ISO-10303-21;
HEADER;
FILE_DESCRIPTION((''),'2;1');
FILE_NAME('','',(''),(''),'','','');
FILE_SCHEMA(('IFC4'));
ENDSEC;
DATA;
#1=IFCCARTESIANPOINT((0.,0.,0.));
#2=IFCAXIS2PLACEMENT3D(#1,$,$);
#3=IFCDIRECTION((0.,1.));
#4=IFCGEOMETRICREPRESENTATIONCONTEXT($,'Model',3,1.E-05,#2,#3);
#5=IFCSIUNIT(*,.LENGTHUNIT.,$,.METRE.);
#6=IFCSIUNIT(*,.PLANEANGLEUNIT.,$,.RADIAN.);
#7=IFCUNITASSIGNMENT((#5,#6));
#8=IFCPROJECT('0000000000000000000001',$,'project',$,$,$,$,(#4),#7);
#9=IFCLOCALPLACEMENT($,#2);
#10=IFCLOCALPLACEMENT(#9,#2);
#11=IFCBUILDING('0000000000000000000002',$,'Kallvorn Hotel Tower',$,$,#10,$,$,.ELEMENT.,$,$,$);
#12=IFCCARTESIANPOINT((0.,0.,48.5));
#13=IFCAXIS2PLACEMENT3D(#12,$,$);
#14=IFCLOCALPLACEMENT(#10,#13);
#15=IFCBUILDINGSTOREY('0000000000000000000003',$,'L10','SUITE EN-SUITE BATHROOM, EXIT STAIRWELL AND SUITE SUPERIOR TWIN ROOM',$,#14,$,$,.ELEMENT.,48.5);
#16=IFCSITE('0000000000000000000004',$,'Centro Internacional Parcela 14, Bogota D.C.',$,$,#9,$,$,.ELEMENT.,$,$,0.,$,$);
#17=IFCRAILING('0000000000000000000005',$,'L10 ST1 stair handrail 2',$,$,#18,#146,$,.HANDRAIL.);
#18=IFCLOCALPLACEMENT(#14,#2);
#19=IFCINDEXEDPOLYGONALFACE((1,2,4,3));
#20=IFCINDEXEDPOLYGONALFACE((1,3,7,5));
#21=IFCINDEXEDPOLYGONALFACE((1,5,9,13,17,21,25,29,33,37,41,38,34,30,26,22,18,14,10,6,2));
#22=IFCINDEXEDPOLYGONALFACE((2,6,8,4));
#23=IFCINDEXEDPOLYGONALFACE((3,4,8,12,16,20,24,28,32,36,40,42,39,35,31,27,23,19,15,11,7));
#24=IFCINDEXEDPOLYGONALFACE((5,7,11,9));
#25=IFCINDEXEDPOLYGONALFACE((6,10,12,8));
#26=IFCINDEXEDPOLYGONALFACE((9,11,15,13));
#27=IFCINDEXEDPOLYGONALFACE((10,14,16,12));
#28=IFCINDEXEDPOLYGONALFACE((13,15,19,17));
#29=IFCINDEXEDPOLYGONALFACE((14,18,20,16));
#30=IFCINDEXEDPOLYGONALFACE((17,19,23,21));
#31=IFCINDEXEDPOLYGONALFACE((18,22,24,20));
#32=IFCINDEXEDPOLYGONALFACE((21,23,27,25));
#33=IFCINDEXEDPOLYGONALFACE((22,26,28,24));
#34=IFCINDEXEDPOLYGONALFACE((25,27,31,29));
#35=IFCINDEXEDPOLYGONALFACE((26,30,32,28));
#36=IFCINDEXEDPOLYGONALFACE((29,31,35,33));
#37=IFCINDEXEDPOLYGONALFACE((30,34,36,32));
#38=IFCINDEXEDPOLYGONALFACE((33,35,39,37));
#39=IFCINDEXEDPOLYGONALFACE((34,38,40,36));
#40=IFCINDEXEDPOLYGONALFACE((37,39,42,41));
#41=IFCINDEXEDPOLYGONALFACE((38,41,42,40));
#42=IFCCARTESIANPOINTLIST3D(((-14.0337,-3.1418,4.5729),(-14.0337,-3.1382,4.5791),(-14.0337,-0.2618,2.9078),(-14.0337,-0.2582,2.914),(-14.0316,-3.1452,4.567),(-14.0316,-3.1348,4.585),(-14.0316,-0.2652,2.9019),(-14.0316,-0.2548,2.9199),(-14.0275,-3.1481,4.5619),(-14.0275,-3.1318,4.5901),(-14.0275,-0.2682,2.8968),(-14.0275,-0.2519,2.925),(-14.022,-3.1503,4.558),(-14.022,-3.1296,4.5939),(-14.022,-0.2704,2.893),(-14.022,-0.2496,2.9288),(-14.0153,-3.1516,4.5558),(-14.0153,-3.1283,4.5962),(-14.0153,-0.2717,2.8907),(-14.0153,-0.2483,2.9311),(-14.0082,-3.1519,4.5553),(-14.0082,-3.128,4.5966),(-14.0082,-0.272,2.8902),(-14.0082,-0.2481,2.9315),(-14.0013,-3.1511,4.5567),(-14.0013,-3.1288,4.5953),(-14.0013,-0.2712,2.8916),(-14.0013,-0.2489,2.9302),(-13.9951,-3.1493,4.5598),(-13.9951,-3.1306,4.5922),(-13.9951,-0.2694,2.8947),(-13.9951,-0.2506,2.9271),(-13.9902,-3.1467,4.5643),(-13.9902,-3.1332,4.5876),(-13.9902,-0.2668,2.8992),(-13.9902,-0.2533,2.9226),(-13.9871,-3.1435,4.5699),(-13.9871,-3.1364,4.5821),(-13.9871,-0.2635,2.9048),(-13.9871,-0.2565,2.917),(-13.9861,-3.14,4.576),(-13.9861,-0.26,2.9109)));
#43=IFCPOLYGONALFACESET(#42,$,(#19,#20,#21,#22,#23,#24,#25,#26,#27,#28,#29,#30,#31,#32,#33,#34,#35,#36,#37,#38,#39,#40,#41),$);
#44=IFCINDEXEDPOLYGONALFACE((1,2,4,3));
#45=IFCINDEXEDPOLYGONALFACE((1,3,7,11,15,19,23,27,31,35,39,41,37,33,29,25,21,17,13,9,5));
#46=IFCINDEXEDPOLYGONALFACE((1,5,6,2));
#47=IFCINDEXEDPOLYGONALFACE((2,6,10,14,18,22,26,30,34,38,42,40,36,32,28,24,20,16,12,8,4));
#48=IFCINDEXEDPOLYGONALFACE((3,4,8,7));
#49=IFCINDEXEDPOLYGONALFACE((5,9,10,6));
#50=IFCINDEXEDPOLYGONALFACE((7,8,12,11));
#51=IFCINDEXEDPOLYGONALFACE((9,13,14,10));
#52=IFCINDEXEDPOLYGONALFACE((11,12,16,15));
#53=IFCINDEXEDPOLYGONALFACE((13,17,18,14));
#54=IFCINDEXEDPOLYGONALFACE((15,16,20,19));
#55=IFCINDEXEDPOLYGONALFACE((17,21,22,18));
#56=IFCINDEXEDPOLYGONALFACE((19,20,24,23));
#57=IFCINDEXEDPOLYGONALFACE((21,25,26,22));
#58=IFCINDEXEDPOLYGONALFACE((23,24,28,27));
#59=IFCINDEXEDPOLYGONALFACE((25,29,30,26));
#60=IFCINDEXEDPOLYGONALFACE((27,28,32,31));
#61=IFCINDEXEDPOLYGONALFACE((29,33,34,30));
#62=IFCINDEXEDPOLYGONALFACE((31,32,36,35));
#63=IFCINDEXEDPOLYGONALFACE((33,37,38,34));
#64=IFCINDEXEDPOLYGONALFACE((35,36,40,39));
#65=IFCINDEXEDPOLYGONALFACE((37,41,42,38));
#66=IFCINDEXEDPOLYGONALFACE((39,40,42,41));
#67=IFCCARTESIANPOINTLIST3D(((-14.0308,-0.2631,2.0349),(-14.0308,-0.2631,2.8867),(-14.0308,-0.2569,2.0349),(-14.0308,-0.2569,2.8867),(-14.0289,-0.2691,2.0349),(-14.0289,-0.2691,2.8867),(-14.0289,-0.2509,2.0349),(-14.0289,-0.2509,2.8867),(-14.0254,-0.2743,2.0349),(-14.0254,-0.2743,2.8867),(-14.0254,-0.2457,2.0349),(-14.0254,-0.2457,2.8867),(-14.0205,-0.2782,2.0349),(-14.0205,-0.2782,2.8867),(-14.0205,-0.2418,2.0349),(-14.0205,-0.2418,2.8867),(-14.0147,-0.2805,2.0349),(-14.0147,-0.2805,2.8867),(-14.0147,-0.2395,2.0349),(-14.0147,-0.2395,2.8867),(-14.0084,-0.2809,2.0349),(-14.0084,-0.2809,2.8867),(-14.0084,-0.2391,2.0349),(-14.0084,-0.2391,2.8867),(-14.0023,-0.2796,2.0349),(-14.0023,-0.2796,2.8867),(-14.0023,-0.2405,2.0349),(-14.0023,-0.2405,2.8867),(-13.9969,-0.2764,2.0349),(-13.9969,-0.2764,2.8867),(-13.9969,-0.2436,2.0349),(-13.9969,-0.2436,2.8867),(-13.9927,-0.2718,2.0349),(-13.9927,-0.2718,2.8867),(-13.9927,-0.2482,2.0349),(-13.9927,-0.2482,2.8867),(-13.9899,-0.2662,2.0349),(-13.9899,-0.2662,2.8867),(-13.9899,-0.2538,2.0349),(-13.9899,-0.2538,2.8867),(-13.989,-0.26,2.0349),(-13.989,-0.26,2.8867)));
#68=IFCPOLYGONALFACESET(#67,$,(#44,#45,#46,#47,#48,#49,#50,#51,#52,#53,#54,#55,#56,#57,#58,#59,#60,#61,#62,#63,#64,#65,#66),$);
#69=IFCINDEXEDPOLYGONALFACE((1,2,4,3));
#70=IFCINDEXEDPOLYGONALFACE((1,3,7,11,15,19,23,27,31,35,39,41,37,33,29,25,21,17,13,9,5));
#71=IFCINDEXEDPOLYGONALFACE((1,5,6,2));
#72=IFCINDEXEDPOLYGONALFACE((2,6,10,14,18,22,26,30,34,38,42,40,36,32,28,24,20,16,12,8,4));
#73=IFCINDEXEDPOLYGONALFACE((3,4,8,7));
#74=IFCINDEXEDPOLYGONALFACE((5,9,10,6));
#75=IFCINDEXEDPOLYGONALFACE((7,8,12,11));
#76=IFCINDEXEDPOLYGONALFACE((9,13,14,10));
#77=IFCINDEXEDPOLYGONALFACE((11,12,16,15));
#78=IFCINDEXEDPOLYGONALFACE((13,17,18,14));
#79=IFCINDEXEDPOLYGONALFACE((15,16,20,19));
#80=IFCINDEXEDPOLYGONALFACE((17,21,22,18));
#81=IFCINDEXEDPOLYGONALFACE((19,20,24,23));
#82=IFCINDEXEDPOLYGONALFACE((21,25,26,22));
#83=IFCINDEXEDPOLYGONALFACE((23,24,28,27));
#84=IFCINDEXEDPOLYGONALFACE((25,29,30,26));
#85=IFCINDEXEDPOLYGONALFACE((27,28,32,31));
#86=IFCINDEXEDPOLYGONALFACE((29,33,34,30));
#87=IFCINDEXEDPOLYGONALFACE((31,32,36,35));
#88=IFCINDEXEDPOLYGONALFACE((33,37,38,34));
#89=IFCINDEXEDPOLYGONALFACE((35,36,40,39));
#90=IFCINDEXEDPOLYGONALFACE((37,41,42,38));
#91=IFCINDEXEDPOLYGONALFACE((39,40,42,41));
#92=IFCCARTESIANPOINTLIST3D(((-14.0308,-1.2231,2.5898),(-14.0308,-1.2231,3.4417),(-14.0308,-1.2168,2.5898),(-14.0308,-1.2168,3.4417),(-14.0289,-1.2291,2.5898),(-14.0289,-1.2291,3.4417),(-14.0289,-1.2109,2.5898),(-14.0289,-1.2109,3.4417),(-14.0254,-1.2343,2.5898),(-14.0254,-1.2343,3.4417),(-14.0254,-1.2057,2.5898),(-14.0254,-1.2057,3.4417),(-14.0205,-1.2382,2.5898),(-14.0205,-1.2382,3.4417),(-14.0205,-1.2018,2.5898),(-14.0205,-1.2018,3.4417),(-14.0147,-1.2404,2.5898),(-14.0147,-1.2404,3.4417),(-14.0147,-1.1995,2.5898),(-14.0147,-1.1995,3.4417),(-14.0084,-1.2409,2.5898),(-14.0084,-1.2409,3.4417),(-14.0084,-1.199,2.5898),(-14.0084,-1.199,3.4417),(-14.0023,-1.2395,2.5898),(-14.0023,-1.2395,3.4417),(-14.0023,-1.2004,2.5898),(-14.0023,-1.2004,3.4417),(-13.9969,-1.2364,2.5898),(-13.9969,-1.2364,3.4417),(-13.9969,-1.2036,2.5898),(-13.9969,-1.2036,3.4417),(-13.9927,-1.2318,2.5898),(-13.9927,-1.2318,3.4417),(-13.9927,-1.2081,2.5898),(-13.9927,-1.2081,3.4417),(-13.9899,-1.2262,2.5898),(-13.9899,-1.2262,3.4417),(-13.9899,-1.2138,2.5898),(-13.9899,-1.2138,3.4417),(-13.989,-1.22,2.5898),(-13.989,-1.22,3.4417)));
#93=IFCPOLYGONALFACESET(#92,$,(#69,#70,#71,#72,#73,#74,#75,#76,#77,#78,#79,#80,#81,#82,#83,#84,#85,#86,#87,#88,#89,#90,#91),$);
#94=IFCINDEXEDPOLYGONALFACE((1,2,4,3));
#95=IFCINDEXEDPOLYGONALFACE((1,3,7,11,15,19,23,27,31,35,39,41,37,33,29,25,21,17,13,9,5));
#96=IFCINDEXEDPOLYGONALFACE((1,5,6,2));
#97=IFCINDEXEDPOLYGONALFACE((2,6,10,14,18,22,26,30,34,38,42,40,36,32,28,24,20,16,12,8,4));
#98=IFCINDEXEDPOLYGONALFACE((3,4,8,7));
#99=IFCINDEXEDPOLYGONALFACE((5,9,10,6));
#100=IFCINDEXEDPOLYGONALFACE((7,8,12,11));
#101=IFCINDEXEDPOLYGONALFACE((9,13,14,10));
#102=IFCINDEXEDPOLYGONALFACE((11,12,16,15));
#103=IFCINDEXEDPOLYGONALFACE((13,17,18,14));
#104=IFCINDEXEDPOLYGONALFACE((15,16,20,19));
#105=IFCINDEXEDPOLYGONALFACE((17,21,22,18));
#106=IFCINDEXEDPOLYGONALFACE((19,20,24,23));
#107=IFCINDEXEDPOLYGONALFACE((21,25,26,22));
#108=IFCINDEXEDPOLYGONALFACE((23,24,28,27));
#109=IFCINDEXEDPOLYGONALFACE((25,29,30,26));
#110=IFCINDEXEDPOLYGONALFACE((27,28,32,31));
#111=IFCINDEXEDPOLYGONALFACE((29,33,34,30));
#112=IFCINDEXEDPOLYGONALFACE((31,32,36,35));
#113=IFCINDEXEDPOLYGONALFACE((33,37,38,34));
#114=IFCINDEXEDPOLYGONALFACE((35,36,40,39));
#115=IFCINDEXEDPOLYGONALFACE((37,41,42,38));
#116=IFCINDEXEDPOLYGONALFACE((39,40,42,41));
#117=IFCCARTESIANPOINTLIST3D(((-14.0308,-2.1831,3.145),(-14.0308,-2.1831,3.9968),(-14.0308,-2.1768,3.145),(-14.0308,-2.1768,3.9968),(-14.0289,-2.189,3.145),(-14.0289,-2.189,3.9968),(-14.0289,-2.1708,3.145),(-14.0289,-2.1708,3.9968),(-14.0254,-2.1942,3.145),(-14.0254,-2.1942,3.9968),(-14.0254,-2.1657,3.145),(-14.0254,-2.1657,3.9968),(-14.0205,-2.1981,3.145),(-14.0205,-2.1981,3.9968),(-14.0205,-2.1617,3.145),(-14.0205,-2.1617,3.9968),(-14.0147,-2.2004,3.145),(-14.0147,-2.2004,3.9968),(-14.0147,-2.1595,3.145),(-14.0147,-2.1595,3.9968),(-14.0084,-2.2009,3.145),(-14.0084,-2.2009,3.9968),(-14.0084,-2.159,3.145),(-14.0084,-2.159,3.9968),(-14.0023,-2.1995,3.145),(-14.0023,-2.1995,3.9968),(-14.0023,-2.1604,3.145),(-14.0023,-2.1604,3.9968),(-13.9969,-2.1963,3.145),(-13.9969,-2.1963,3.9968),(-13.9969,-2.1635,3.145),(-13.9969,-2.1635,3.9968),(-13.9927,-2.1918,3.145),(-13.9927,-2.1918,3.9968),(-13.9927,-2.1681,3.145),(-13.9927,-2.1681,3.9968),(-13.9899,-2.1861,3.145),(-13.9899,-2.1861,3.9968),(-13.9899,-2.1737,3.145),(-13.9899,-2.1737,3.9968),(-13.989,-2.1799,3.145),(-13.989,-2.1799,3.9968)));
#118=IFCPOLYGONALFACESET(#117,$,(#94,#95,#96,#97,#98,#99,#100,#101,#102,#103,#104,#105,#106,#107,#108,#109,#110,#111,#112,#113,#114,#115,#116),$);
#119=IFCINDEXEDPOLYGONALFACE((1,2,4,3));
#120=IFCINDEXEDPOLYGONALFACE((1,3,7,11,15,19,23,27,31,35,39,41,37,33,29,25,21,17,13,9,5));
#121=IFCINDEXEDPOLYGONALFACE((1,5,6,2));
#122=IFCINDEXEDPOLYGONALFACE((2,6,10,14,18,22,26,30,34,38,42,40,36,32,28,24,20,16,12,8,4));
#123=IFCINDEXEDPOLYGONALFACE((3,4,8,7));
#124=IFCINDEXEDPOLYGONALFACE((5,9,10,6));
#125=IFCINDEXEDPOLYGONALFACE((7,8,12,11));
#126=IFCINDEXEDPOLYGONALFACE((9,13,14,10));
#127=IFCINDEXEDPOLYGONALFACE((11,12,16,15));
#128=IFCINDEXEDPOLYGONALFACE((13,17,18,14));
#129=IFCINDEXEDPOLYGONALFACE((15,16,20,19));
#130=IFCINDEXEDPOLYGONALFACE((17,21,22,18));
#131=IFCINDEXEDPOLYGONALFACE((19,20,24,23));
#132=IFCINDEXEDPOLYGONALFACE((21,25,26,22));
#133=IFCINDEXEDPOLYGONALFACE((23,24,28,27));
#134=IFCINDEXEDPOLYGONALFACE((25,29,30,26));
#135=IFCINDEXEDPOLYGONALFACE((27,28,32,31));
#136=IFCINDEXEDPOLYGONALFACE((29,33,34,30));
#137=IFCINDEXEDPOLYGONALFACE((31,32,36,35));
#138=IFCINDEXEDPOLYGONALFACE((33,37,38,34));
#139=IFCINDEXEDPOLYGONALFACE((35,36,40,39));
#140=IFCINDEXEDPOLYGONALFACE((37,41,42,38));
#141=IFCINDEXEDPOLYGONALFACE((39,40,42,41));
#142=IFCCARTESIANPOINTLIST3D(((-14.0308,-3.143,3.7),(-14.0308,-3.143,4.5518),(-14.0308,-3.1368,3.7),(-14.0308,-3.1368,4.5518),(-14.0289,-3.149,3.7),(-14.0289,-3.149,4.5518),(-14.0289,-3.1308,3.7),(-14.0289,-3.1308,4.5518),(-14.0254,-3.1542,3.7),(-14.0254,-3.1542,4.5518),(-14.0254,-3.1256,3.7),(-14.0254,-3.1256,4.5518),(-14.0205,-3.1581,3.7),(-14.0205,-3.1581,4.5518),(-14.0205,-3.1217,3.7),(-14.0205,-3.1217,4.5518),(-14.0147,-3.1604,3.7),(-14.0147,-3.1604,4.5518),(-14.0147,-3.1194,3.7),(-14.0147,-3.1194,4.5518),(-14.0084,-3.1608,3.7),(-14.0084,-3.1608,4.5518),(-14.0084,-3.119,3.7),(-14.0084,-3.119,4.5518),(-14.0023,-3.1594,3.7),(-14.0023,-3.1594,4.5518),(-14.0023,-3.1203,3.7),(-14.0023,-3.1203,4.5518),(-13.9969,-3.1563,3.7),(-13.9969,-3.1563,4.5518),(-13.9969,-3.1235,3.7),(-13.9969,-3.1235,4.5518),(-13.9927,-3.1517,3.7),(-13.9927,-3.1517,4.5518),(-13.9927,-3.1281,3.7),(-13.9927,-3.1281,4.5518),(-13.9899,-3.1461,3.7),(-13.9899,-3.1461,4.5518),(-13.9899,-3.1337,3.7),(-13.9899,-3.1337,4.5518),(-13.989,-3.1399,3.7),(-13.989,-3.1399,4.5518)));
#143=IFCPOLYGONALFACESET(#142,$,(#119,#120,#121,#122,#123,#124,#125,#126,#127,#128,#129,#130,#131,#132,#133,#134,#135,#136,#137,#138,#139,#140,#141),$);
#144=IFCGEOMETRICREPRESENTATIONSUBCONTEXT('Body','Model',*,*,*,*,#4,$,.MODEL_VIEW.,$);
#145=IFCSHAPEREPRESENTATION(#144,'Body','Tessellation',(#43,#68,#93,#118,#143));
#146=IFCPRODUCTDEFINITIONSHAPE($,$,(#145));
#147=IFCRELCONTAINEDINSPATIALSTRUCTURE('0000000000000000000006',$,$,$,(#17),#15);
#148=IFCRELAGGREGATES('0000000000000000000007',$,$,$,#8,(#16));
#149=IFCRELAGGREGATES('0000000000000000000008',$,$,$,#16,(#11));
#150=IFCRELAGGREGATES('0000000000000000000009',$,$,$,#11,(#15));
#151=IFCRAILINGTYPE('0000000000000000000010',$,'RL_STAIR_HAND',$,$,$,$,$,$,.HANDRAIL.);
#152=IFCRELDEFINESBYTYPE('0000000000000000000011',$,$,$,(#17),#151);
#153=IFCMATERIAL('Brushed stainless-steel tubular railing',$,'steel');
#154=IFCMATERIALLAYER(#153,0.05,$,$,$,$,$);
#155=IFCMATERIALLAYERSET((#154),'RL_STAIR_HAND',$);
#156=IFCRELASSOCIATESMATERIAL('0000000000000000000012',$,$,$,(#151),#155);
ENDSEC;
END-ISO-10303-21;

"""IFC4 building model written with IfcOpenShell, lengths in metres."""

from ifc_helpers import new_model, si_unit, direction, frame, origin, origin_2d, place, context, subcontext, project, spatial, circle, extrude, material, layer, layer_set, type_object, element, save


model = new_model("IFC4")

# Units and contexts
model_context = context("Model", 3, precision=1e-05, world=origin(), true_north=direction((0.0, 1.0)))
body_context = subcontext(model_context, "Body", "Model", "MODEL_VIEW")
ifc_project = project(units=[si_unit("LENGTHUNIT", "METRE"), si_unit("PLANEANGLEUNIT", "RADIAN")], contexts=[model_context])

# Site, building, storey
site_placement = place(None, origin())
site = spatial("IfcSite", under=ifc_project, at=site_placement, Name="Centro Internacional Parcela 14, Bogota D.C.", CompositionType="ELEMENT", RefElevation=0.0)
building_placement = place(site_placement, origin())
building = spatial("IfcBuilding", under=site, at=building_placement, Name="Kallvorn Hotel Tower", CompositionType="ELEMENT")
storey_placement = place(building_placement, frame((0.0, 0.0, 48.5)))
storey = spatial("IfcBuildingStorey", under=building, at=storey_placement, Name="L10", Description="SUITE EN-SUITE BATHROOM, EXIT STAIRWELL AND SUITE SUPERIOR TWIN ROOM", CompositionType="ELEMENT", Elevation=48.5)

# Railing
ifc_material_1 = material(Name="Brushed stainless-steel tubular railing", Category="steel")
ifc_layer_1 = layer(ifc_material_1, 0.05)
ifc_layer_set_1 = layer_set([ifc_layer_1], Name="RL_STAIR_HAND")
railing_type_1 = type_object("IfcRailingType", Name="RL_STAIR_HAND", PredefinedType="HANDRAIL", material=ifc_layer_set_1)
railing_1_placement = place(storey_placement, frame((-14.01, -0.26, 2.0349)))
element("IfcRailing", 1, at=railing_1_placement, inside=storey, type_object=railing_type_1, Name="L10 ST1 stair handrail 2", PredefinedType="HANDRAIL", context=body_context, shape_type="SweptSolid", body=[
    extrude(circle(Radius=0.0239, at=origin_2d()), frame((0.0, 0.0, 0.876), z_axis=(0.0, -0.865721, 0.500527), x_axis=(1.0, 0.0, 0.0)), (0.0, 0.0, 1.0), 3.3267),
    extrude(circle(Radius=0.021, at=origin_2d()), origin(), (0.0, 0.0, 1.0), 0.8518),
    extrude(circle(Radius=0.021, at=origin_2d()), frame((0.0, -0.96, 0.5549)), (0.0, 0.0, 1.0), 0.8518),
    extrude(circle(Radius=0.021, at=origin_2d()), frame((0.0, -1.9199, 1.1101)), (0.0, 0.0, 1.0), 0.8518),
    extrude(circle(Radius=0.021, at=origin_2d()), frame((0.0, -2.8799, 1.665)), (0.0, 0.0, 1.0), 0.8518),
])

save(model, "model.ifc")
